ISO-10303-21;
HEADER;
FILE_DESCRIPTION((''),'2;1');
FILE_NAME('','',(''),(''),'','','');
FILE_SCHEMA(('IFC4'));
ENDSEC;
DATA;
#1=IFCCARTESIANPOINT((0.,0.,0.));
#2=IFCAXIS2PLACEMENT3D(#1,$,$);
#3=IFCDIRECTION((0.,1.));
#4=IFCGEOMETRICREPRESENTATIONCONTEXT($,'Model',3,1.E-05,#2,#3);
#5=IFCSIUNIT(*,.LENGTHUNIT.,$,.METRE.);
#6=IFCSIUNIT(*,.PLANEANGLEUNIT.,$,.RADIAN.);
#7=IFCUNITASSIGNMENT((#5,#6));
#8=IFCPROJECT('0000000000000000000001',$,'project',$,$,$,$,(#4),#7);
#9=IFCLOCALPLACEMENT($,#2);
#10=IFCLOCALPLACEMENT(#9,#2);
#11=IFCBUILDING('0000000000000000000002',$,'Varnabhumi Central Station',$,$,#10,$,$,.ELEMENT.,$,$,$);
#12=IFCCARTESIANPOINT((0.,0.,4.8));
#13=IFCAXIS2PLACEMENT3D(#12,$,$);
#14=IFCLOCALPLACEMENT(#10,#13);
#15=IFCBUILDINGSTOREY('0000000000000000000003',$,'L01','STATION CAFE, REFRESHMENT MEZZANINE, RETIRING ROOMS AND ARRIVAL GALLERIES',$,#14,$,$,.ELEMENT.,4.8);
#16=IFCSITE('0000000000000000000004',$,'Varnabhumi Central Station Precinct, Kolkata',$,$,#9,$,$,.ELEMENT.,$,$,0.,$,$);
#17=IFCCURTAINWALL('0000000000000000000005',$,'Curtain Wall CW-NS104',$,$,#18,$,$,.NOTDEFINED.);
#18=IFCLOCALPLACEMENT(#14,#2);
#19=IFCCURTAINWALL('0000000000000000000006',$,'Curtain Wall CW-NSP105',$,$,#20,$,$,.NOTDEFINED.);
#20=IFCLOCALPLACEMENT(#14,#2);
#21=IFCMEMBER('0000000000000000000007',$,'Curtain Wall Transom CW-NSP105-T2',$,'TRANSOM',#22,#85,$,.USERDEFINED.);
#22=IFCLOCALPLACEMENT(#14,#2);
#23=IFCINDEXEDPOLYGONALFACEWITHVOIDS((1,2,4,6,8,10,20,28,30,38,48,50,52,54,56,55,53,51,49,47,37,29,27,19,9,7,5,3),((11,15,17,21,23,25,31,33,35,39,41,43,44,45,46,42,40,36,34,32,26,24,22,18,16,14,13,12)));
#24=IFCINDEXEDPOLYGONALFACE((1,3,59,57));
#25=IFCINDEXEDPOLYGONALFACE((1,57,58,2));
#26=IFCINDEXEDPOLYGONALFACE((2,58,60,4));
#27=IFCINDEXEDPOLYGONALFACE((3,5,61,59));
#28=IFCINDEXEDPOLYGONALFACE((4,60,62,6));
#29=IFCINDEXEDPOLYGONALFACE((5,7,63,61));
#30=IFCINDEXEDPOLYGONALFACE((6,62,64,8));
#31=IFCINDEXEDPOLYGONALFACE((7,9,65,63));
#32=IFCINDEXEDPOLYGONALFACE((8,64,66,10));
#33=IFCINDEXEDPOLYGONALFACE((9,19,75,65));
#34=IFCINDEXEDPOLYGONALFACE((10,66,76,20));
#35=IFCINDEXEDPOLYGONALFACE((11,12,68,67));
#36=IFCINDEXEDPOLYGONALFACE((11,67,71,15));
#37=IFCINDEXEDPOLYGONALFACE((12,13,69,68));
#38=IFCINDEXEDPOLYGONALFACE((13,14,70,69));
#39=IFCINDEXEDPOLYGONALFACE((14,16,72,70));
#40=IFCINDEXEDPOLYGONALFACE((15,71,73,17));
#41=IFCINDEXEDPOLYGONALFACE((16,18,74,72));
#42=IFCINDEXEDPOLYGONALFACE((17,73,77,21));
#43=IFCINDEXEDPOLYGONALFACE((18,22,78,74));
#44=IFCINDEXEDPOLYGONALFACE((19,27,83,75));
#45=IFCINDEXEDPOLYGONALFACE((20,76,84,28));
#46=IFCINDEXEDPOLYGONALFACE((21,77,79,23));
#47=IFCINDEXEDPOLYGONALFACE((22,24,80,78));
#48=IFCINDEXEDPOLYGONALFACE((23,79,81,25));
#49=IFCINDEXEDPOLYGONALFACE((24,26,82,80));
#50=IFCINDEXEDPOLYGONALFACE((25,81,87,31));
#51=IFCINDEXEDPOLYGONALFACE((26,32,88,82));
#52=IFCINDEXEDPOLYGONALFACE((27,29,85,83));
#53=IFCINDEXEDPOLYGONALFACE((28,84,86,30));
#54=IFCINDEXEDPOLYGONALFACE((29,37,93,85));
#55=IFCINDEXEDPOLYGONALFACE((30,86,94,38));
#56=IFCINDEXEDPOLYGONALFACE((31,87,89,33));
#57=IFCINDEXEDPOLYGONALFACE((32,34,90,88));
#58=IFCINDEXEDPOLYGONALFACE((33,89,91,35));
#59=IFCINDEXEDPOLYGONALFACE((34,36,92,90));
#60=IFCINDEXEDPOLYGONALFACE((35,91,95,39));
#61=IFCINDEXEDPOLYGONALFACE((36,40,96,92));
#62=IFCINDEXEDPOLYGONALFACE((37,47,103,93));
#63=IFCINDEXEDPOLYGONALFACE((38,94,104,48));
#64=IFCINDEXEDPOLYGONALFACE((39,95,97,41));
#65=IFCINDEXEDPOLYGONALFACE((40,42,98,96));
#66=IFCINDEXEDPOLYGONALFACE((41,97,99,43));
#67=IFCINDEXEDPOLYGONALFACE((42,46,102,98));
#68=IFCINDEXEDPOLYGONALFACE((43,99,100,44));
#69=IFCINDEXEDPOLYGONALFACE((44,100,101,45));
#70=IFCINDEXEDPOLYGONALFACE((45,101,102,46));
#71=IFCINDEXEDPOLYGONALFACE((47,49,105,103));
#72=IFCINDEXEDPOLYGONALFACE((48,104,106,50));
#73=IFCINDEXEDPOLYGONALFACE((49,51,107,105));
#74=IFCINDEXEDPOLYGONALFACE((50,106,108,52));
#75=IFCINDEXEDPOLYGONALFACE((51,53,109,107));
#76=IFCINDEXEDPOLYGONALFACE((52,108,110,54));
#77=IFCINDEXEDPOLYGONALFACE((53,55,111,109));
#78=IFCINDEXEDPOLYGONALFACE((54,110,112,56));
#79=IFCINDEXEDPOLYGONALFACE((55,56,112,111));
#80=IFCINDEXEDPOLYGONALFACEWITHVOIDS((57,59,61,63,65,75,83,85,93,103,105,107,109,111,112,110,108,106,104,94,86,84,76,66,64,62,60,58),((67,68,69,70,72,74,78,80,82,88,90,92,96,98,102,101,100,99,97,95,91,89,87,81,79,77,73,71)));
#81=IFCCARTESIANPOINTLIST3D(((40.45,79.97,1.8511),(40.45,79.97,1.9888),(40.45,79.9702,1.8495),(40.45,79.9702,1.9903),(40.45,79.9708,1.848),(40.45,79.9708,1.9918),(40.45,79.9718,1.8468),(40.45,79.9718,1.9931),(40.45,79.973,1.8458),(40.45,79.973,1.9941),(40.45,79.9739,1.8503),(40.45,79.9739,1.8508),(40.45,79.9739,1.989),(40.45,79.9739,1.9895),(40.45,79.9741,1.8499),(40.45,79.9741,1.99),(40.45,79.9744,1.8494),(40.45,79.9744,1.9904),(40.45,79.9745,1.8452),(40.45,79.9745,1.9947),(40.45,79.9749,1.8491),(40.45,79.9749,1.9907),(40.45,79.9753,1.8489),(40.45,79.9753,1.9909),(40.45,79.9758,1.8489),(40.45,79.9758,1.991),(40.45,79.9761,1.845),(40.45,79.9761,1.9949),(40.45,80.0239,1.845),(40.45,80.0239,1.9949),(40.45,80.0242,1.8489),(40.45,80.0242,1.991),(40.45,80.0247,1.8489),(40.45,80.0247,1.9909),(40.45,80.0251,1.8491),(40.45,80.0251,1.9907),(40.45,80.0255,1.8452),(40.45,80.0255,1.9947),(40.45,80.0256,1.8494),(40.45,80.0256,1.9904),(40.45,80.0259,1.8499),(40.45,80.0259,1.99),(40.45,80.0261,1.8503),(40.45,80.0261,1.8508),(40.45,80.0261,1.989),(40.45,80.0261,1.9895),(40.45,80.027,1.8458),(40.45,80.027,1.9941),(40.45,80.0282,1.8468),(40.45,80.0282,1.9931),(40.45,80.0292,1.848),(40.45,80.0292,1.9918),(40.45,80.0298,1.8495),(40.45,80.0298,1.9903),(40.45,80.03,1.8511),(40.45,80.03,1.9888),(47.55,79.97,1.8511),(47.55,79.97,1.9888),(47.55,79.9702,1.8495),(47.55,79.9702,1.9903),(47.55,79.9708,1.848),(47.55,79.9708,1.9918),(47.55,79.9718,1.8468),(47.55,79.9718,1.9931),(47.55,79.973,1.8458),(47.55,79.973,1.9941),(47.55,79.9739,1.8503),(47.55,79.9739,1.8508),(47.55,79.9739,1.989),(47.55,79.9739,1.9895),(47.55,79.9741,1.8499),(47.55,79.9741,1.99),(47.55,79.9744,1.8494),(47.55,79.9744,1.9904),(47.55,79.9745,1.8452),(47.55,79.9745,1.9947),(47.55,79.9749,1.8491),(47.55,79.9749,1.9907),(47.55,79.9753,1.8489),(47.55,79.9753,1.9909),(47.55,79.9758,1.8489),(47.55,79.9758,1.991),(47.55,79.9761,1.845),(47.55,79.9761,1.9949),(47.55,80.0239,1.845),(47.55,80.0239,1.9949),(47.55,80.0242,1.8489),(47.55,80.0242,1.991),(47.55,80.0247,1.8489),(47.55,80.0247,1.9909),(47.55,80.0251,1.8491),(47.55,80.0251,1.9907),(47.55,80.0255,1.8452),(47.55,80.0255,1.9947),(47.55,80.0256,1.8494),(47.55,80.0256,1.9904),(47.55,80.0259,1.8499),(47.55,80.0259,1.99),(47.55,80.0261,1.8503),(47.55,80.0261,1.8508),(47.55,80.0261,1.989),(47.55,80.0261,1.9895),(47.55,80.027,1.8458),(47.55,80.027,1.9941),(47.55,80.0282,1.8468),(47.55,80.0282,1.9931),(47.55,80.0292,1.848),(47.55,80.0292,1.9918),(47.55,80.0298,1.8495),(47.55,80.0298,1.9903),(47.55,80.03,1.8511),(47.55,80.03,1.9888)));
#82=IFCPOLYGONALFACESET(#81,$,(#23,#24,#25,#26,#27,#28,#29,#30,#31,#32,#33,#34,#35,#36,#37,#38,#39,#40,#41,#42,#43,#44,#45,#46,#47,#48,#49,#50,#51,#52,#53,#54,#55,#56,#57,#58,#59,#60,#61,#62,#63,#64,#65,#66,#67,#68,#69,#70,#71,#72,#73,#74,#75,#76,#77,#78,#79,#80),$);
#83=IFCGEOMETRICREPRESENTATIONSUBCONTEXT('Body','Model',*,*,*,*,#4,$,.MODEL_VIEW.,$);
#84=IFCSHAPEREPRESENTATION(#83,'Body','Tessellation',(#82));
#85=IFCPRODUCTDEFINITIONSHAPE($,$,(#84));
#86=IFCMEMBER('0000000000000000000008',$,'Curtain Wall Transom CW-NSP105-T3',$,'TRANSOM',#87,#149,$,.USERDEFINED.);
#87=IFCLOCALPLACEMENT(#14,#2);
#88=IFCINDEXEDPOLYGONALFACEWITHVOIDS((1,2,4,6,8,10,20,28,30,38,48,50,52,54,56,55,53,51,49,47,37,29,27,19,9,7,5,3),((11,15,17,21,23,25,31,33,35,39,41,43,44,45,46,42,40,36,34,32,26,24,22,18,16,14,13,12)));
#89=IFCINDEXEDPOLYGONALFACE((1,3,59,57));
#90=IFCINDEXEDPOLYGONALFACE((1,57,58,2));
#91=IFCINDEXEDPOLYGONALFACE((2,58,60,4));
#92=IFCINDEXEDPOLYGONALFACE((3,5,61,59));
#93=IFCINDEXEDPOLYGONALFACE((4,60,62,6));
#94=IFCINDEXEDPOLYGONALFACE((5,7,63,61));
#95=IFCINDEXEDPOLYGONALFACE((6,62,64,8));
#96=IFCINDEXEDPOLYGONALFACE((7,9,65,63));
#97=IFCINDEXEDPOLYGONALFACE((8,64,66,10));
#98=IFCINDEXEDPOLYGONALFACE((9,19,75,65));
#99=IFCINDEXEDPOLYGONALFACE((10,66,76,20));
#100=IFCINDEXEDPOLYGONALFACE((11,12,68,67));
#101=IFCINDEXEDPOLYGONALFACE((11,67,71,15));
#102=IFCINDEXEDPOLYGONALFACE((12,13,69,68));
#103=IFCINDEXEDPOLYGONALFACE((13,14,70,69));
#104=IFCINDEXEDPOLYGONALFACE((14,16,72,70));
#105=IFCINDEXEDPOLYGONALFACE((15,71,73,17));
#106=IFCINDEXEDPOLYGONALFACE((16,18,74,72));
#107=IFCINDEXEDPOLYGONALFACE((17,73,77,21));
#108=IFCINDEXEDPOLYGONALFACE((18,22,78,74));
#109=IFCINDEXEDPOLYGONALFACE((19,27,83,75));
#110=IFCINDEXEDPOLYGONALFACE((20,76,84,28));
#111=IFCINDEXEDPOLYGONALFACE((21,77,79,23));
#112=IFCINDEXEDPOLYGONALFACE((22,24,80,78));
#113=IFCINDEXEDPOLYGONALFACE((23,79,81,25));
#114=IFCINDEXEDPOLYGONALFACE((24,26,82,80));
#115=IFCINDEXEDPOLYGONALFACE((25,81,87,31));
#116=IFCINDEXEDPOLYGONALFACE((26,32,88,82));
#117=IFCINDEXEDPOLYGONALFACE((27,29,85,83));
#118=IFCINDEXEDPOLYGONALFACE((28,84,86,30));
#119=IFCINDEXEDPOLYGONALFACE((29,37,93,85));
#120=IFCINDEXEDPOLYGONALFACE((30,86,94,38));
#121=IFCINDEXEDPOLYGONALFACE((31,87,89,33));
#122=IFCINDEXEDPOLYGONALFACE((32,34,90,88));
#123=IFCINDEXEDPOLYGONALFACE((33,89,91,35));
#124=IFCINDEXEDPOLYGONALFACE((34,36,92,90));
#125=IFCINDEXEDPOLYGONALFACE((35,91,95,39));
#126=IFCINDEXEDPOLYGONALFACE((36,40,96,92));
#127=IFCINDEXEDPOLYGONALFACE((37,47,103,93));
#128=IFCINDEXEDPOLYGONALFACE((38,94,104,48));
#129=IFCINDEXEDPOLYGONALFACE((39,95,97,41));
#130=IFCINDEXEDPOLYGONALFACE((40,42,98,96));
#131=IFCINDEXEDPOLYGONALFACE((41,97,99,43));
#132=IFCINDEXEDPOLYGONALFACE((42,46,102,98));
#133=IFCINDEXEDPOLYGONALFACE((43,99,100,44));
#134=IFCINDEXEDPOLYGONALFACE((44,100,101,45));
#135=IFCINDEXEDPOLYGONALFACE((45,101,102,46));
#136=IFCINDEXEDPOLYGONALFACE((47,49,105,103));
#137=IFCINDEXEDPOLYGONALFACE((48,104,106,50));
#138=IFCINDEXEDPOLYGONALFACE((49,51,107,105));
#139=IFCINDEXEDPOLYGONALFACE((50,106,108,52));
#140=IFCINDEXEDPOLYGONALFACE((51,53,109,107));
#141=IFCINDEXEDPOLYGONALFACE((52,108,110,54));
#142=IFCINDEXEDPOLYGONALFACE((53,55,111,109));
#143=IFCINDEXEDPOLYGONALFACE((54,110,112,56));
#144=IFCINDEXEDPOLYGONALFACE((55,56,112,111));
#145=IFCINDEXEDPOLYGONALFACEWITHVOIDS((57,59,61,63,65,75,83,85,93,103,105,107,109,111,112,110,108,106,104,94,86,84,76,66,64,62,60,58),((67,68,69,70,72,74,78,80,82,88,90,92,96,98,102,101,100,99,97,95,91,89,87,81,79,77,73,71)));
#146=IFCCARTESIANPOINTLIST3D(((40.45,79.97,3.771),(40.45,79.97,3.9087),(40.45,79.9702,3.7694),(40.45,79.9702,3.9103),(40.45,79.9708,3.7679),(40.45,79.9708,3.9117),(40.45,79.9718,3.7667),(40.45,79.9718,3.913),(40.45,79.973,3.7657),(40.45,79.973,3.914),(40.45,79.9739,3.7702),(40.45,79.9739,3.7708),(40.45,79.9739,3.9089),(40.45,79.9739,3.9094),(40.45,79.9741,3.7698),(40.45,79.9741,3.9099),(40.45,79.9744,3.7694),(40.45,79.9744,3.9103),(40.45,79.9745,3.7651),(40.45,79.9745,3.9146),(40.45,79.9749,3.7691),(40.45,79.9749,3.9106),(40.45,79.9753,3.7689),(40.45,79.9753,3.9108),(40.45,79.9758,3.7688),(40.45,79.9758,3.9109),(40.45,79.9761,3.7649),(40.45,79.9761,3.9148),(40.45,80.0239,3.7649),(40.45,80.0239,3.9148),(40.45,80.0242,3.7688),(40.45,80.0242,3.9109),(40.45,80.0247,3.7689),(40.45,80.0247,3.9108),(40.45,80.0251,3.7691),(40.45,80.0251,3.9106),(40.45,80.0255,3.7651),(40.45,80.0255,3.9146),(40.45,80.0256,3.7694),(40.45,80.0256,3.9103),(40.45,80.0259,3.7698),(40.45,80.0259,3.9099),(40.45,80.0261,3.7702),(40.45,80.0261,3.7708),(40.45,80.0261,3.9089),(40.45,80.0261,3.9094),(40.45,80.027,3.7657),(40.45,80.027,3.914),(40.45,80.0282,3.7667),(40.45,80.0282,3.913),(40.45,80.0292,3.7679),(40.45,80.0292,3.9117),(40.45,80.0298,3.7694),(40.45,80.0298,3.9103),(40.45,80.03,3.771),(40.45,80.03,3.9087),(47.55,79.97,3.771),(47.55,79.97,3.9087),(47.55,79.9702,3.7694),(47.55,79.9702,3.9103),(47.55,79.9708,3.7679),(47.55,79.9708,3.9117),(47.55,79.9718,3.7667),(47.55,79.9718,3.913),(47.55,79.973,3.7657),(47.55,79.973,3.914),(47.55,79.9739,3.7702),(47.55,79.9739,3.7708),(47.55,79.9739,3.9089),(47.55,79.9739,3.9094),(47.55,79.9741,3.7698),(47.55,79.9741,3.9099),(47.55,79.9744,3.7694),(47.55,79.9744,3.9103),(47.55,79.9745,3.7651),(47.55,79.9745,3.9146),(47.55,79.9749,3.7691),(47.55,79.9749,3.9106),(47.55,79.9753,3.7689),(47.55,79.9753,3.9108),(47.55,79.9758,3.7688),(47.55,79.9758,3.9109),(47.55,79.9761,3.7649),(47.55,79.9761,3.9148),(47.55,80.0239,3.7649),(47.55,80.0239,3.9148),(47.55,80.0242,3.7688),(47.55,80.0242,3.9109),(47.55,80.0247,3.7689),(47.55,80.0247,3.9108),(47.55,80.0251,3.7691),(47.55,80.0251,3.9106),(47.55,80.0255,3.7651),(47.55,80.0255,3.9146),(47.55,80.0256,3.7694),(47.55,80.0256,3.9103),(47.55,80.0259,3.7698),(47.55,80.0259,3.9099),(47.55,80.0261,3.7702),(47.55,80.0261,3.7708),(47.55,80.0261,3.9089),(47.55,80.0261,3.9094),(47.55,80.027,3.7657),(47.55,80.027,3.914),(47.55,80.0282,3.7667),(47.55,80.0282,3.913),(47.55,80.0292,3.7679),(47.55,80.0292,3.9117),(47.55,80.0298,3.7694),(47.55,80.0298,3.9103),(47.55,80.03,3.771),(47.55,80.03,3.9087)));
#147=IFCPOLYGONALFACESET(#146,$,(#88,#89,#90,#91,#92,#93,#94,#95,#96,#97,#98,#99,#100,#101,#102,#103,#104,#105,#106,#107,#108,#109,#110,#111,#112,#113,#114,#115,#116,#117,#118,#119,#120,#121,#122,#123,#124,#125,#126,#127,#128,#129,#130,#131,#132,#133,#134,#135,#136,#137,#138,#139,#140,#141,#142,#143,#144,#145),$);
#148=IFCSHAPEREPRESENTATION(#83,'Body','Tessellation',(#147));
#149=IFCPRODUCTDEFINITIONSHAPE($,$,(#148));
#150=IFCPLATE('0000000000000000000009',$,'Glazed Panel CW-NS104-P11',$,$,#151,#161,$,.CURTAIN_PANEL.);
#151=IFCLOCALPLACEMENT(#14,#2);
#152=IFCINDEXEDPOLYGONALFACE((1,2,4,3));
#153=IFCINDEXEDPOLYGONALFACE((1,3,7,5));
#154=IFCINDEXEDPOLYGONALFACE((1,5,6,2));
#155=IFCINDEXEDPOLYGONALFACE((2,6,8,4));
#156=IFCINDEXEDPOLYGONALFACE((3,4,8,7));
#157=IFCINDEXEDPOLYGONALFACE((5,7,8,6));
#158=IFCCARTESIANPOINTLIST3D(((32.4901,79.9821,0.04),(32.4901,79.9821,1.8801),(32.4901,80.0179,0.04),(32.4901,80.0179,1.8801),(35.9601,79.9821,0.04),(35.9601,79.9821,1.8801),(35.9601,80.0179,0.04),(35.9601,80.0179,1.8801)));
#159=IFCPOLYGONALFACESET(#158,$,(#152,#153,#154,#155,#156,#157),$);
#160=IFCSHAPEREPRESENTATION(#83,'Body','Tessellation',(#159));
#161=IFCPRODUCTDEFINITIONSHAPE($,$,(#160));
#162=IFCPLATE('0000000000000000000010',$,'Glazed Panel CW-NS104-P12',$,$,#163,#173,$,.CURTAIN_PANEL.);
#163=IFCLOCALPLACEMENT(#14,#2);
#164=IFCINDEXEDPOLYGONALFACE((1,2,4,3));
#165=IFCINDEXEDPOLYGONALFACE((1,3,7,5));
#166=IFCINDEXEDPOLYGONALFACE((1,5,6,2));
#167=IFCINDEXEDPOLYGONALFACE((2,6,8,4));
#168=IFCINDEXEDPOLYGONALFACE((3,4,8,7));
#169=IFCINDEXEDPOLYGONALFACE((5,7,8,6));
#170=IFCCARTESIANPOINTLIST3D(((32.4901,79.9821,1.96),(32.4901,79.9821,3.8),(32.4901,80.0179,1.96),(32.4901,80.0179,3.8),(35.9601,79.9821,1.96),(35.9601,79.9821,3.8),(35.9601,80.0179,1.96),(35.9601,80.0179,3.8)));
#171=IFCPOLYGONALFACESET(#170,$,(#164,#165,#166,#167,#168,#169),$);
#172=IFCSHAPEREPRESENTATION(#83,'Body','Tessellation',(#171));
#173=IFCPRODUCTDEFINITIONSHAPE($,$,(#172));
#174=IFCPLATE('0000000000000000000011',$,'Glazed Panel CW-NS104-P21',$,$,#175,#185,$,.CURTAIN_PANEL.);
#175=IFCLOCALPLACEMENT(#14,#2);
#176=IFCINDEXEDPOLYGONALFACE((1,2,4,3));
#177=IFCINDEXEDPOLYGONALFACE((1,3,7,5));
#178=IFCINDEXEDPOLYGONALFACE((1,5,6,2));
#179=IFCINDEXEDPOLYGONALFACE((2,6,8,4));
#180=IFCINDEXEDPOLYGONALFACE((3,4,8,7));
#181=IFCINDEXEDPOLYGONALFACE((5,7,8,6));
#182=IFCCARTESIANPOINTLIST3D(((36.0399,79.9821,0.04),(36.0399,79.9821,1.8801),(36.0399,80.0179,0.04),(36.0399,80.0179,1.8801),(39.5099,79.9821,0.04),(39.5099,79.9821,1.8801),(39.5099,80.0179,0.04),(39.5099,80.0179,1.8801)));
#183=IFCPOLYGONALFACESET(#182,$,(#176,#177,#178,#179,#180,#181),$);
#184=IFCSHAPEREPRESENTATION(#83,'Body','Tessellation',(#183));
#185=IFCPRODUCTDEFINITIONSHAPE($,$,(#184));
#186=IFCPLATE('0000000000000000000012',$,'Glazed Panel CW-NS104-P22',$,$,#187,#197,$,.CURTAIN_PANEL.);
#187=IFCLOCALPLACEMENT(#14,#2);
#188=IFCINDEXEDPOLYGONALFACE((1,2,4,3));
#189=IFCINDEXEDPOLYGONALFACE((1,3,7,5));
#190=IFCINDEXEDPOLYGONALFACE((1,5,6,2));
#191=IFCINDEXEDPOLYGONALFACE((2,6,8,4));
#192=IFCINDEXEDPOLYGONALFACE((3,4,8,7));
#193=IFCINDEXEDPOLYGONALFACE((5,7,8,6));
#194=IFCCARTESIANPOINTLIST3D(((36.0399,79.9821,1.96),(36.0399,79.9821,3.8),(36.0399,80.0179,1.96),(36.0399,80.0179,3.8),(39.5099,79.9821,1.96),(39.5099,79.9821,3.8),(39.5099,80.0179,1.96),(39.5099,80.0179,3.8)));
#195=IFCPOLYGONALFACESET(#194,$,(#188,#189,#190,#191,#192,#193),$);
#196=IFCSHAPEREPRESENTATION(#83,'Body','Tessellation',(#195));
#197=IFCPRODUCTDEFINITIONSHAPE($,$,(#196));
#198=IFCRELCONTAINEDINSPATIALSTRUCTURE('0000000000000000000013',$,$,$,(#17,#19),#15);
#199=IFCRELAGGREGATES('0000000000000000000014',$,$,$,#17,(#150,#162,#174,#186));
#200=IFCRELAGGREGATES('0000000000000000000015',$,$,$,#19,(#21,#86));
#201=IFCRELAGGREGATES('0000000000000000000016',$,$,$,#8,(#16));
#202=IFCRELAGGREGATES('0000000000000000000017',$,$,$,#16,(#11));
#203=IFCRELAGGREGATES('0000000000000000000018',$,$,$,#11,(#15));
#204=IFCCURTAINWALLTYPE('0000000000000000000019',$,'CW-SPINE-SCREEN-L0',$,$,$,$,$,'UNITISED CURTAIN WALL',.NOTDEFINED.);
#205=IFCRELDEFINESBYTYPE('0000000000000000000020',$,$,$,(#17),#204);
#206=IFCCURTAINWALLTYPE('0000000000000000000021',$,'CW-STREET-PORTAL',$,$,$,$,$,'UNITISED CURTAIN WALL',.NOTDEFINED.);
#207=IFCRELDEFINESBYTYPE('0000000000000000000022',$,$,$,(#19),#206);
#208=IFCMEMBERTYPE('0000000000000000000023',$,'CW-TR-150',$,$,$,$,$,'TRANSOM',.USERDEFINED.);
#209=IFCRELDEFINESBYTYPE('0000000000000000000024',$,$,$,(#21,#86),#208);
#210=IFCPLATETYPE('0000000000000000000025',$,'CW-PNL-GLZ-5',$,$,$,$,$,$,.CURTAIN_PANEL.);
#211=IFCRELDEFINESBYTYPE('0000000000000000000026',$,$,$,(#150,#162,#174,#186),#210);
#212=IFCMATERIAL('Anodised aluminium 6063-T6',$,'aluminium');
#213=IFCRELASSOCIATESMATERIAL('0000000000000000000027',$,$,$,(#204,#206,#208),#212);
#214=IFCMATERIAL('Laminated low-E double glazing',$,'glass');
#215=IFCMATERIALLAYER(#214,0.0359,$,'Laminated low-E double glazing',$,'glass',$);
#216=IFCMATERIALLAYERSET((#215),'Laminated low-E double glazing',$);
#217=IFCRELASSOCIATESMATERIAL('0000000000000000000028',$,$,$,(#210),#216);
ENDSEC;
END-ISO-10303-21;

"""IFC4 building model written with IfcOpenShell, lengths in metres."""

from ifc_helpers import new_model, si_unit, direction, frame, origin, origin_2d, place, context, subcontext, project, spatial, rectangle, hollow_rectangle, extrude, material, layer, layer_set, material_profile, profile_set, type_object, element, aggregate, save


model = new_model("IFC4")

# Units and contexts
model_context = context("Model", 3, precision=1e-05, world=origin(), true_north=direction((0.0, 1.0)))
body_context = subcontext(model_context, "Body", "Model", "MODEL_VIEW")
ifc_project = project(units=[si_unit("LENGTHUNIT", "METRE"), si_unit("PLANEANGLEUNIT", "RADIAN")], contexts=[model_context])

# Site, building, storey
site_placement = place(None, origin())
site = spatial("IfcSite", under=ifc_project, at=site_placement, Name="Varnabhumi Central Station Precinct, Kolkata", CompositionType="ELEMENT", RefElevation=0.0)
building_placement = place(site_placement, origin())
building = spatial("IfcBuilding", under=site, at=building_placement, Name="Varnabhumi Central Station", CompositionType="ELEMENT")
storey_placement = place(building_placement, frame((0.0, 0.0, 4.8)))
storey = spatial("IfcBuildingStorey", under=building, at=storey_placement, Name="L01", Description="STATION CAFE, REFRESHMENT MEZZANINE, RETIRING ROOMS AND ARRIVAL GALLERIES", CompositionType="ELEMENT", Elevation=4.8)

# Curtain walls
ifc_material_1 = material(Name="Anodised aluminium 6063-T6", Category="aluminium")
curtain_wall_type_1 = type_object("IfcCurtainWallType", Name="CW-SPINE-SCREEN-L0", ElementType="UNITISED CURTAIN WALL", PredefinedType="NOTDEFINED", material=ifc_material_1)
curtain_wall_1_placement = place(storey_placement, origin())
curtain_wall_1 = element("IfcCurtainWall", 1, at=curtain_wall_1_placement, inside=storey, type_object=curtain_wall_type_1, Name="Curtain Wall CW-NS104", PredefinedType="NOTDEFINED")
curtain_wall_type_2 = type_object("IfcCurtainWallType", Name="CW-STREET-PORTAL", ElementType="UNITISED CURTAIN WALL", PredefinedType="NOTDEFINED", material=ifc_material_1)
curtain_wall_2_placement = place(storey_placement, origin())
curtain_wall_2 = element("IfcCurtainWall", 2, at=curtain_wall_2_placement, inside=storey, type_object=curtain_wall_type_2, Name="Curtain Wall CW-NSP105", PredefinedType="NOTDEFINED")

# Members
ifc_material_profile_1 = material_profile(ifc_material_1, hollow_rectangle(XDim=0.0601, YDim=0.1499, WallThickness=0.0039, InnerFilletRadius=0.002, OuterFilletRadius=0.0061, at=origin_2d()), Name="Anodised aluminium 6063-T6", Category="aluminium")
ifc_profile_set_1 = profile_set([ifc_material_profile_1], Name="Anodised aluminium 6063-T6")
member_type_1 = type_object("IfcMemberType", Name="CW-TR-150", ElementType="TRANSOM", PredefinedType="USERDEFINED", material=ifc_profile_set_1)
member_1_placement = place(storey_placement, frame((40.45, 80.0, 1.9199), z_axis=(1.0, 0.0, 0.0), x_axis=(0.0, 1.0, 0.0)))
member_1 = element("IfcMember", 3, at=member_1_placement, type_object=member_type_1, Name="Curtain Wall Transom CW-NSP105-T2", ObjectType="TRANSOM", PredefinedType="USERDEFINED", context=body_context, shape_type="SweptSolid", body=[
    extrude(hollow_rectangle(XDim=0.0601, YDim=0.1499, WallThickness=0.0039, InnerFilletRadius=0.002, OuterFilletRadius=0.0061, at=origin_2d()), origin(), (0.0, 0.0, 1.0), 7.1001),
])
member_2_placement = place(storey_placement, frame((40.45, 80.0, 3.8398), z_axis=(1.0, 0.0, 0.0), x_axis=(0.0, 1.0, 0.0)))
member_2 = element("IfcMember", 4, at=member_2_placement, type_object=member_type_1, Name="Curtain Wall Transom CW-NSP105-T3", ObjectType="TRANSOM", PredefinedType="USERDEFINED", context=body_context, shape_type="SweptSolid", body=[
    extrude(hollow_rectangle(XDim=0.0601, YDim=0.1499, WallThickness=0.0039, InnerFilletRadius=0.002, OuterFilletRadius=0.0061, at=origin_2d()), origin(), (0.0, 0.0, 1.0), 7.1001),
])

# Plates
ifc_material_2 = material(Name="Laminated low-E double glazing", Category="glass")
ifc_layer_1 = layer(ifc_material_2, 0.0359, Name="Laminated low-E double glazing", Category="glass")
ifc_layer_set_1 = layer_set([ifc_layer_1], Name="Laminated low-E double glazing")
plate_type_1 = type_object("IfcPlateType", Name="CW-PNL-GLZ-5", PredefinedType="CURTAIN_PANEL", material=ifc_layer_set_1)
plate_1_placement = place(storey_placement, frame((34.2251, 80.0, 0.04), z_axis=(0.0, 0.0, 1.0), x_axis=(1.0, 0.0, 0.0)))
plate_1 = element("IfcPlate", 5, at=plate_1_placement, type_object=plate_type_1, Name="Glazed Panel CW-NS104-P11", PredefinedType="CURTAIN_PANEL", context=body_context, shape_type="SweptSolid", body=[
    extrude(rectangle(XDim=3.47, YDim=0.0359, at=origin_2d()), origin(), (0.0, 0.0, 1.0), 1.8401),
])
plate_2_placement = place(storey_placement, frame((34.2251, 80.0, 1.96), z_axis=(0.0, 0.0, 1.0), x_axis=(1.0, 0.0, 0.0)))
plate_2 = element("IfcPlate", 6, at=plate_2_placement, type_object=plate_type_1, Name="Glazed Panel CW-NS104-P12", PredefinedType="CURTAIN_PANEL", context=body_context, shape_type="SweptSolid", body=[
    extrude(rectangle(XDim=3.47, YDim=0.0359, at=origin_2d()), origin(), (0.0, 0.0, 1.0), 1.8401),
])
plate_3_placement = place(storey_placement, frame((37.7749, 80.0, 0.04), z_axis=(0.0, 0.0, 1.0), x_axis=(1.0, 0.0, 0.0)))
plate_3 = element("IfcPlate", 7, at=plate_3_placement, type_object=plate_type_1, Name="Glazed Panel CW-NS104-P21", PredefinedType="CURTAIN_PANEL", context=body_context, shape_type="SweptSolid", body=[
    extrude(rectangle(XDim=3.47, YDim=0.0359, at=origin_2d()), origin(), (0.0, 0.0, 1.0), 1.8401),
])
plate_4_placement = place(storey_placement, frame((37.7749, 80.0, 1.96), z_axis=(0.0, 0.0, 1.0), x_axis=(1.0, 0.0, 0.0)))
plate_4 = element("IfcPlate", 8, at=plate_4_placement, type_object=plate_type_1, Name="Glazed Panel CW-NS104-P22", PredefinedType="CURTAIN_PANEL", context=body_context, shape_type="SweptSolid", body=[
    extrude(rectangle(XDim=3.47, YDim=0.0359, at=origin_2d()), origin(), (0.0, 0.0, 1.0), 1.8401),
])
aggregate(curtain_wall_1, [plate_1, plate_2, plate_3, plate_4])
aggregate(curtain_wall_2, [member_1, member_2])

save(model, "model.ifc")
